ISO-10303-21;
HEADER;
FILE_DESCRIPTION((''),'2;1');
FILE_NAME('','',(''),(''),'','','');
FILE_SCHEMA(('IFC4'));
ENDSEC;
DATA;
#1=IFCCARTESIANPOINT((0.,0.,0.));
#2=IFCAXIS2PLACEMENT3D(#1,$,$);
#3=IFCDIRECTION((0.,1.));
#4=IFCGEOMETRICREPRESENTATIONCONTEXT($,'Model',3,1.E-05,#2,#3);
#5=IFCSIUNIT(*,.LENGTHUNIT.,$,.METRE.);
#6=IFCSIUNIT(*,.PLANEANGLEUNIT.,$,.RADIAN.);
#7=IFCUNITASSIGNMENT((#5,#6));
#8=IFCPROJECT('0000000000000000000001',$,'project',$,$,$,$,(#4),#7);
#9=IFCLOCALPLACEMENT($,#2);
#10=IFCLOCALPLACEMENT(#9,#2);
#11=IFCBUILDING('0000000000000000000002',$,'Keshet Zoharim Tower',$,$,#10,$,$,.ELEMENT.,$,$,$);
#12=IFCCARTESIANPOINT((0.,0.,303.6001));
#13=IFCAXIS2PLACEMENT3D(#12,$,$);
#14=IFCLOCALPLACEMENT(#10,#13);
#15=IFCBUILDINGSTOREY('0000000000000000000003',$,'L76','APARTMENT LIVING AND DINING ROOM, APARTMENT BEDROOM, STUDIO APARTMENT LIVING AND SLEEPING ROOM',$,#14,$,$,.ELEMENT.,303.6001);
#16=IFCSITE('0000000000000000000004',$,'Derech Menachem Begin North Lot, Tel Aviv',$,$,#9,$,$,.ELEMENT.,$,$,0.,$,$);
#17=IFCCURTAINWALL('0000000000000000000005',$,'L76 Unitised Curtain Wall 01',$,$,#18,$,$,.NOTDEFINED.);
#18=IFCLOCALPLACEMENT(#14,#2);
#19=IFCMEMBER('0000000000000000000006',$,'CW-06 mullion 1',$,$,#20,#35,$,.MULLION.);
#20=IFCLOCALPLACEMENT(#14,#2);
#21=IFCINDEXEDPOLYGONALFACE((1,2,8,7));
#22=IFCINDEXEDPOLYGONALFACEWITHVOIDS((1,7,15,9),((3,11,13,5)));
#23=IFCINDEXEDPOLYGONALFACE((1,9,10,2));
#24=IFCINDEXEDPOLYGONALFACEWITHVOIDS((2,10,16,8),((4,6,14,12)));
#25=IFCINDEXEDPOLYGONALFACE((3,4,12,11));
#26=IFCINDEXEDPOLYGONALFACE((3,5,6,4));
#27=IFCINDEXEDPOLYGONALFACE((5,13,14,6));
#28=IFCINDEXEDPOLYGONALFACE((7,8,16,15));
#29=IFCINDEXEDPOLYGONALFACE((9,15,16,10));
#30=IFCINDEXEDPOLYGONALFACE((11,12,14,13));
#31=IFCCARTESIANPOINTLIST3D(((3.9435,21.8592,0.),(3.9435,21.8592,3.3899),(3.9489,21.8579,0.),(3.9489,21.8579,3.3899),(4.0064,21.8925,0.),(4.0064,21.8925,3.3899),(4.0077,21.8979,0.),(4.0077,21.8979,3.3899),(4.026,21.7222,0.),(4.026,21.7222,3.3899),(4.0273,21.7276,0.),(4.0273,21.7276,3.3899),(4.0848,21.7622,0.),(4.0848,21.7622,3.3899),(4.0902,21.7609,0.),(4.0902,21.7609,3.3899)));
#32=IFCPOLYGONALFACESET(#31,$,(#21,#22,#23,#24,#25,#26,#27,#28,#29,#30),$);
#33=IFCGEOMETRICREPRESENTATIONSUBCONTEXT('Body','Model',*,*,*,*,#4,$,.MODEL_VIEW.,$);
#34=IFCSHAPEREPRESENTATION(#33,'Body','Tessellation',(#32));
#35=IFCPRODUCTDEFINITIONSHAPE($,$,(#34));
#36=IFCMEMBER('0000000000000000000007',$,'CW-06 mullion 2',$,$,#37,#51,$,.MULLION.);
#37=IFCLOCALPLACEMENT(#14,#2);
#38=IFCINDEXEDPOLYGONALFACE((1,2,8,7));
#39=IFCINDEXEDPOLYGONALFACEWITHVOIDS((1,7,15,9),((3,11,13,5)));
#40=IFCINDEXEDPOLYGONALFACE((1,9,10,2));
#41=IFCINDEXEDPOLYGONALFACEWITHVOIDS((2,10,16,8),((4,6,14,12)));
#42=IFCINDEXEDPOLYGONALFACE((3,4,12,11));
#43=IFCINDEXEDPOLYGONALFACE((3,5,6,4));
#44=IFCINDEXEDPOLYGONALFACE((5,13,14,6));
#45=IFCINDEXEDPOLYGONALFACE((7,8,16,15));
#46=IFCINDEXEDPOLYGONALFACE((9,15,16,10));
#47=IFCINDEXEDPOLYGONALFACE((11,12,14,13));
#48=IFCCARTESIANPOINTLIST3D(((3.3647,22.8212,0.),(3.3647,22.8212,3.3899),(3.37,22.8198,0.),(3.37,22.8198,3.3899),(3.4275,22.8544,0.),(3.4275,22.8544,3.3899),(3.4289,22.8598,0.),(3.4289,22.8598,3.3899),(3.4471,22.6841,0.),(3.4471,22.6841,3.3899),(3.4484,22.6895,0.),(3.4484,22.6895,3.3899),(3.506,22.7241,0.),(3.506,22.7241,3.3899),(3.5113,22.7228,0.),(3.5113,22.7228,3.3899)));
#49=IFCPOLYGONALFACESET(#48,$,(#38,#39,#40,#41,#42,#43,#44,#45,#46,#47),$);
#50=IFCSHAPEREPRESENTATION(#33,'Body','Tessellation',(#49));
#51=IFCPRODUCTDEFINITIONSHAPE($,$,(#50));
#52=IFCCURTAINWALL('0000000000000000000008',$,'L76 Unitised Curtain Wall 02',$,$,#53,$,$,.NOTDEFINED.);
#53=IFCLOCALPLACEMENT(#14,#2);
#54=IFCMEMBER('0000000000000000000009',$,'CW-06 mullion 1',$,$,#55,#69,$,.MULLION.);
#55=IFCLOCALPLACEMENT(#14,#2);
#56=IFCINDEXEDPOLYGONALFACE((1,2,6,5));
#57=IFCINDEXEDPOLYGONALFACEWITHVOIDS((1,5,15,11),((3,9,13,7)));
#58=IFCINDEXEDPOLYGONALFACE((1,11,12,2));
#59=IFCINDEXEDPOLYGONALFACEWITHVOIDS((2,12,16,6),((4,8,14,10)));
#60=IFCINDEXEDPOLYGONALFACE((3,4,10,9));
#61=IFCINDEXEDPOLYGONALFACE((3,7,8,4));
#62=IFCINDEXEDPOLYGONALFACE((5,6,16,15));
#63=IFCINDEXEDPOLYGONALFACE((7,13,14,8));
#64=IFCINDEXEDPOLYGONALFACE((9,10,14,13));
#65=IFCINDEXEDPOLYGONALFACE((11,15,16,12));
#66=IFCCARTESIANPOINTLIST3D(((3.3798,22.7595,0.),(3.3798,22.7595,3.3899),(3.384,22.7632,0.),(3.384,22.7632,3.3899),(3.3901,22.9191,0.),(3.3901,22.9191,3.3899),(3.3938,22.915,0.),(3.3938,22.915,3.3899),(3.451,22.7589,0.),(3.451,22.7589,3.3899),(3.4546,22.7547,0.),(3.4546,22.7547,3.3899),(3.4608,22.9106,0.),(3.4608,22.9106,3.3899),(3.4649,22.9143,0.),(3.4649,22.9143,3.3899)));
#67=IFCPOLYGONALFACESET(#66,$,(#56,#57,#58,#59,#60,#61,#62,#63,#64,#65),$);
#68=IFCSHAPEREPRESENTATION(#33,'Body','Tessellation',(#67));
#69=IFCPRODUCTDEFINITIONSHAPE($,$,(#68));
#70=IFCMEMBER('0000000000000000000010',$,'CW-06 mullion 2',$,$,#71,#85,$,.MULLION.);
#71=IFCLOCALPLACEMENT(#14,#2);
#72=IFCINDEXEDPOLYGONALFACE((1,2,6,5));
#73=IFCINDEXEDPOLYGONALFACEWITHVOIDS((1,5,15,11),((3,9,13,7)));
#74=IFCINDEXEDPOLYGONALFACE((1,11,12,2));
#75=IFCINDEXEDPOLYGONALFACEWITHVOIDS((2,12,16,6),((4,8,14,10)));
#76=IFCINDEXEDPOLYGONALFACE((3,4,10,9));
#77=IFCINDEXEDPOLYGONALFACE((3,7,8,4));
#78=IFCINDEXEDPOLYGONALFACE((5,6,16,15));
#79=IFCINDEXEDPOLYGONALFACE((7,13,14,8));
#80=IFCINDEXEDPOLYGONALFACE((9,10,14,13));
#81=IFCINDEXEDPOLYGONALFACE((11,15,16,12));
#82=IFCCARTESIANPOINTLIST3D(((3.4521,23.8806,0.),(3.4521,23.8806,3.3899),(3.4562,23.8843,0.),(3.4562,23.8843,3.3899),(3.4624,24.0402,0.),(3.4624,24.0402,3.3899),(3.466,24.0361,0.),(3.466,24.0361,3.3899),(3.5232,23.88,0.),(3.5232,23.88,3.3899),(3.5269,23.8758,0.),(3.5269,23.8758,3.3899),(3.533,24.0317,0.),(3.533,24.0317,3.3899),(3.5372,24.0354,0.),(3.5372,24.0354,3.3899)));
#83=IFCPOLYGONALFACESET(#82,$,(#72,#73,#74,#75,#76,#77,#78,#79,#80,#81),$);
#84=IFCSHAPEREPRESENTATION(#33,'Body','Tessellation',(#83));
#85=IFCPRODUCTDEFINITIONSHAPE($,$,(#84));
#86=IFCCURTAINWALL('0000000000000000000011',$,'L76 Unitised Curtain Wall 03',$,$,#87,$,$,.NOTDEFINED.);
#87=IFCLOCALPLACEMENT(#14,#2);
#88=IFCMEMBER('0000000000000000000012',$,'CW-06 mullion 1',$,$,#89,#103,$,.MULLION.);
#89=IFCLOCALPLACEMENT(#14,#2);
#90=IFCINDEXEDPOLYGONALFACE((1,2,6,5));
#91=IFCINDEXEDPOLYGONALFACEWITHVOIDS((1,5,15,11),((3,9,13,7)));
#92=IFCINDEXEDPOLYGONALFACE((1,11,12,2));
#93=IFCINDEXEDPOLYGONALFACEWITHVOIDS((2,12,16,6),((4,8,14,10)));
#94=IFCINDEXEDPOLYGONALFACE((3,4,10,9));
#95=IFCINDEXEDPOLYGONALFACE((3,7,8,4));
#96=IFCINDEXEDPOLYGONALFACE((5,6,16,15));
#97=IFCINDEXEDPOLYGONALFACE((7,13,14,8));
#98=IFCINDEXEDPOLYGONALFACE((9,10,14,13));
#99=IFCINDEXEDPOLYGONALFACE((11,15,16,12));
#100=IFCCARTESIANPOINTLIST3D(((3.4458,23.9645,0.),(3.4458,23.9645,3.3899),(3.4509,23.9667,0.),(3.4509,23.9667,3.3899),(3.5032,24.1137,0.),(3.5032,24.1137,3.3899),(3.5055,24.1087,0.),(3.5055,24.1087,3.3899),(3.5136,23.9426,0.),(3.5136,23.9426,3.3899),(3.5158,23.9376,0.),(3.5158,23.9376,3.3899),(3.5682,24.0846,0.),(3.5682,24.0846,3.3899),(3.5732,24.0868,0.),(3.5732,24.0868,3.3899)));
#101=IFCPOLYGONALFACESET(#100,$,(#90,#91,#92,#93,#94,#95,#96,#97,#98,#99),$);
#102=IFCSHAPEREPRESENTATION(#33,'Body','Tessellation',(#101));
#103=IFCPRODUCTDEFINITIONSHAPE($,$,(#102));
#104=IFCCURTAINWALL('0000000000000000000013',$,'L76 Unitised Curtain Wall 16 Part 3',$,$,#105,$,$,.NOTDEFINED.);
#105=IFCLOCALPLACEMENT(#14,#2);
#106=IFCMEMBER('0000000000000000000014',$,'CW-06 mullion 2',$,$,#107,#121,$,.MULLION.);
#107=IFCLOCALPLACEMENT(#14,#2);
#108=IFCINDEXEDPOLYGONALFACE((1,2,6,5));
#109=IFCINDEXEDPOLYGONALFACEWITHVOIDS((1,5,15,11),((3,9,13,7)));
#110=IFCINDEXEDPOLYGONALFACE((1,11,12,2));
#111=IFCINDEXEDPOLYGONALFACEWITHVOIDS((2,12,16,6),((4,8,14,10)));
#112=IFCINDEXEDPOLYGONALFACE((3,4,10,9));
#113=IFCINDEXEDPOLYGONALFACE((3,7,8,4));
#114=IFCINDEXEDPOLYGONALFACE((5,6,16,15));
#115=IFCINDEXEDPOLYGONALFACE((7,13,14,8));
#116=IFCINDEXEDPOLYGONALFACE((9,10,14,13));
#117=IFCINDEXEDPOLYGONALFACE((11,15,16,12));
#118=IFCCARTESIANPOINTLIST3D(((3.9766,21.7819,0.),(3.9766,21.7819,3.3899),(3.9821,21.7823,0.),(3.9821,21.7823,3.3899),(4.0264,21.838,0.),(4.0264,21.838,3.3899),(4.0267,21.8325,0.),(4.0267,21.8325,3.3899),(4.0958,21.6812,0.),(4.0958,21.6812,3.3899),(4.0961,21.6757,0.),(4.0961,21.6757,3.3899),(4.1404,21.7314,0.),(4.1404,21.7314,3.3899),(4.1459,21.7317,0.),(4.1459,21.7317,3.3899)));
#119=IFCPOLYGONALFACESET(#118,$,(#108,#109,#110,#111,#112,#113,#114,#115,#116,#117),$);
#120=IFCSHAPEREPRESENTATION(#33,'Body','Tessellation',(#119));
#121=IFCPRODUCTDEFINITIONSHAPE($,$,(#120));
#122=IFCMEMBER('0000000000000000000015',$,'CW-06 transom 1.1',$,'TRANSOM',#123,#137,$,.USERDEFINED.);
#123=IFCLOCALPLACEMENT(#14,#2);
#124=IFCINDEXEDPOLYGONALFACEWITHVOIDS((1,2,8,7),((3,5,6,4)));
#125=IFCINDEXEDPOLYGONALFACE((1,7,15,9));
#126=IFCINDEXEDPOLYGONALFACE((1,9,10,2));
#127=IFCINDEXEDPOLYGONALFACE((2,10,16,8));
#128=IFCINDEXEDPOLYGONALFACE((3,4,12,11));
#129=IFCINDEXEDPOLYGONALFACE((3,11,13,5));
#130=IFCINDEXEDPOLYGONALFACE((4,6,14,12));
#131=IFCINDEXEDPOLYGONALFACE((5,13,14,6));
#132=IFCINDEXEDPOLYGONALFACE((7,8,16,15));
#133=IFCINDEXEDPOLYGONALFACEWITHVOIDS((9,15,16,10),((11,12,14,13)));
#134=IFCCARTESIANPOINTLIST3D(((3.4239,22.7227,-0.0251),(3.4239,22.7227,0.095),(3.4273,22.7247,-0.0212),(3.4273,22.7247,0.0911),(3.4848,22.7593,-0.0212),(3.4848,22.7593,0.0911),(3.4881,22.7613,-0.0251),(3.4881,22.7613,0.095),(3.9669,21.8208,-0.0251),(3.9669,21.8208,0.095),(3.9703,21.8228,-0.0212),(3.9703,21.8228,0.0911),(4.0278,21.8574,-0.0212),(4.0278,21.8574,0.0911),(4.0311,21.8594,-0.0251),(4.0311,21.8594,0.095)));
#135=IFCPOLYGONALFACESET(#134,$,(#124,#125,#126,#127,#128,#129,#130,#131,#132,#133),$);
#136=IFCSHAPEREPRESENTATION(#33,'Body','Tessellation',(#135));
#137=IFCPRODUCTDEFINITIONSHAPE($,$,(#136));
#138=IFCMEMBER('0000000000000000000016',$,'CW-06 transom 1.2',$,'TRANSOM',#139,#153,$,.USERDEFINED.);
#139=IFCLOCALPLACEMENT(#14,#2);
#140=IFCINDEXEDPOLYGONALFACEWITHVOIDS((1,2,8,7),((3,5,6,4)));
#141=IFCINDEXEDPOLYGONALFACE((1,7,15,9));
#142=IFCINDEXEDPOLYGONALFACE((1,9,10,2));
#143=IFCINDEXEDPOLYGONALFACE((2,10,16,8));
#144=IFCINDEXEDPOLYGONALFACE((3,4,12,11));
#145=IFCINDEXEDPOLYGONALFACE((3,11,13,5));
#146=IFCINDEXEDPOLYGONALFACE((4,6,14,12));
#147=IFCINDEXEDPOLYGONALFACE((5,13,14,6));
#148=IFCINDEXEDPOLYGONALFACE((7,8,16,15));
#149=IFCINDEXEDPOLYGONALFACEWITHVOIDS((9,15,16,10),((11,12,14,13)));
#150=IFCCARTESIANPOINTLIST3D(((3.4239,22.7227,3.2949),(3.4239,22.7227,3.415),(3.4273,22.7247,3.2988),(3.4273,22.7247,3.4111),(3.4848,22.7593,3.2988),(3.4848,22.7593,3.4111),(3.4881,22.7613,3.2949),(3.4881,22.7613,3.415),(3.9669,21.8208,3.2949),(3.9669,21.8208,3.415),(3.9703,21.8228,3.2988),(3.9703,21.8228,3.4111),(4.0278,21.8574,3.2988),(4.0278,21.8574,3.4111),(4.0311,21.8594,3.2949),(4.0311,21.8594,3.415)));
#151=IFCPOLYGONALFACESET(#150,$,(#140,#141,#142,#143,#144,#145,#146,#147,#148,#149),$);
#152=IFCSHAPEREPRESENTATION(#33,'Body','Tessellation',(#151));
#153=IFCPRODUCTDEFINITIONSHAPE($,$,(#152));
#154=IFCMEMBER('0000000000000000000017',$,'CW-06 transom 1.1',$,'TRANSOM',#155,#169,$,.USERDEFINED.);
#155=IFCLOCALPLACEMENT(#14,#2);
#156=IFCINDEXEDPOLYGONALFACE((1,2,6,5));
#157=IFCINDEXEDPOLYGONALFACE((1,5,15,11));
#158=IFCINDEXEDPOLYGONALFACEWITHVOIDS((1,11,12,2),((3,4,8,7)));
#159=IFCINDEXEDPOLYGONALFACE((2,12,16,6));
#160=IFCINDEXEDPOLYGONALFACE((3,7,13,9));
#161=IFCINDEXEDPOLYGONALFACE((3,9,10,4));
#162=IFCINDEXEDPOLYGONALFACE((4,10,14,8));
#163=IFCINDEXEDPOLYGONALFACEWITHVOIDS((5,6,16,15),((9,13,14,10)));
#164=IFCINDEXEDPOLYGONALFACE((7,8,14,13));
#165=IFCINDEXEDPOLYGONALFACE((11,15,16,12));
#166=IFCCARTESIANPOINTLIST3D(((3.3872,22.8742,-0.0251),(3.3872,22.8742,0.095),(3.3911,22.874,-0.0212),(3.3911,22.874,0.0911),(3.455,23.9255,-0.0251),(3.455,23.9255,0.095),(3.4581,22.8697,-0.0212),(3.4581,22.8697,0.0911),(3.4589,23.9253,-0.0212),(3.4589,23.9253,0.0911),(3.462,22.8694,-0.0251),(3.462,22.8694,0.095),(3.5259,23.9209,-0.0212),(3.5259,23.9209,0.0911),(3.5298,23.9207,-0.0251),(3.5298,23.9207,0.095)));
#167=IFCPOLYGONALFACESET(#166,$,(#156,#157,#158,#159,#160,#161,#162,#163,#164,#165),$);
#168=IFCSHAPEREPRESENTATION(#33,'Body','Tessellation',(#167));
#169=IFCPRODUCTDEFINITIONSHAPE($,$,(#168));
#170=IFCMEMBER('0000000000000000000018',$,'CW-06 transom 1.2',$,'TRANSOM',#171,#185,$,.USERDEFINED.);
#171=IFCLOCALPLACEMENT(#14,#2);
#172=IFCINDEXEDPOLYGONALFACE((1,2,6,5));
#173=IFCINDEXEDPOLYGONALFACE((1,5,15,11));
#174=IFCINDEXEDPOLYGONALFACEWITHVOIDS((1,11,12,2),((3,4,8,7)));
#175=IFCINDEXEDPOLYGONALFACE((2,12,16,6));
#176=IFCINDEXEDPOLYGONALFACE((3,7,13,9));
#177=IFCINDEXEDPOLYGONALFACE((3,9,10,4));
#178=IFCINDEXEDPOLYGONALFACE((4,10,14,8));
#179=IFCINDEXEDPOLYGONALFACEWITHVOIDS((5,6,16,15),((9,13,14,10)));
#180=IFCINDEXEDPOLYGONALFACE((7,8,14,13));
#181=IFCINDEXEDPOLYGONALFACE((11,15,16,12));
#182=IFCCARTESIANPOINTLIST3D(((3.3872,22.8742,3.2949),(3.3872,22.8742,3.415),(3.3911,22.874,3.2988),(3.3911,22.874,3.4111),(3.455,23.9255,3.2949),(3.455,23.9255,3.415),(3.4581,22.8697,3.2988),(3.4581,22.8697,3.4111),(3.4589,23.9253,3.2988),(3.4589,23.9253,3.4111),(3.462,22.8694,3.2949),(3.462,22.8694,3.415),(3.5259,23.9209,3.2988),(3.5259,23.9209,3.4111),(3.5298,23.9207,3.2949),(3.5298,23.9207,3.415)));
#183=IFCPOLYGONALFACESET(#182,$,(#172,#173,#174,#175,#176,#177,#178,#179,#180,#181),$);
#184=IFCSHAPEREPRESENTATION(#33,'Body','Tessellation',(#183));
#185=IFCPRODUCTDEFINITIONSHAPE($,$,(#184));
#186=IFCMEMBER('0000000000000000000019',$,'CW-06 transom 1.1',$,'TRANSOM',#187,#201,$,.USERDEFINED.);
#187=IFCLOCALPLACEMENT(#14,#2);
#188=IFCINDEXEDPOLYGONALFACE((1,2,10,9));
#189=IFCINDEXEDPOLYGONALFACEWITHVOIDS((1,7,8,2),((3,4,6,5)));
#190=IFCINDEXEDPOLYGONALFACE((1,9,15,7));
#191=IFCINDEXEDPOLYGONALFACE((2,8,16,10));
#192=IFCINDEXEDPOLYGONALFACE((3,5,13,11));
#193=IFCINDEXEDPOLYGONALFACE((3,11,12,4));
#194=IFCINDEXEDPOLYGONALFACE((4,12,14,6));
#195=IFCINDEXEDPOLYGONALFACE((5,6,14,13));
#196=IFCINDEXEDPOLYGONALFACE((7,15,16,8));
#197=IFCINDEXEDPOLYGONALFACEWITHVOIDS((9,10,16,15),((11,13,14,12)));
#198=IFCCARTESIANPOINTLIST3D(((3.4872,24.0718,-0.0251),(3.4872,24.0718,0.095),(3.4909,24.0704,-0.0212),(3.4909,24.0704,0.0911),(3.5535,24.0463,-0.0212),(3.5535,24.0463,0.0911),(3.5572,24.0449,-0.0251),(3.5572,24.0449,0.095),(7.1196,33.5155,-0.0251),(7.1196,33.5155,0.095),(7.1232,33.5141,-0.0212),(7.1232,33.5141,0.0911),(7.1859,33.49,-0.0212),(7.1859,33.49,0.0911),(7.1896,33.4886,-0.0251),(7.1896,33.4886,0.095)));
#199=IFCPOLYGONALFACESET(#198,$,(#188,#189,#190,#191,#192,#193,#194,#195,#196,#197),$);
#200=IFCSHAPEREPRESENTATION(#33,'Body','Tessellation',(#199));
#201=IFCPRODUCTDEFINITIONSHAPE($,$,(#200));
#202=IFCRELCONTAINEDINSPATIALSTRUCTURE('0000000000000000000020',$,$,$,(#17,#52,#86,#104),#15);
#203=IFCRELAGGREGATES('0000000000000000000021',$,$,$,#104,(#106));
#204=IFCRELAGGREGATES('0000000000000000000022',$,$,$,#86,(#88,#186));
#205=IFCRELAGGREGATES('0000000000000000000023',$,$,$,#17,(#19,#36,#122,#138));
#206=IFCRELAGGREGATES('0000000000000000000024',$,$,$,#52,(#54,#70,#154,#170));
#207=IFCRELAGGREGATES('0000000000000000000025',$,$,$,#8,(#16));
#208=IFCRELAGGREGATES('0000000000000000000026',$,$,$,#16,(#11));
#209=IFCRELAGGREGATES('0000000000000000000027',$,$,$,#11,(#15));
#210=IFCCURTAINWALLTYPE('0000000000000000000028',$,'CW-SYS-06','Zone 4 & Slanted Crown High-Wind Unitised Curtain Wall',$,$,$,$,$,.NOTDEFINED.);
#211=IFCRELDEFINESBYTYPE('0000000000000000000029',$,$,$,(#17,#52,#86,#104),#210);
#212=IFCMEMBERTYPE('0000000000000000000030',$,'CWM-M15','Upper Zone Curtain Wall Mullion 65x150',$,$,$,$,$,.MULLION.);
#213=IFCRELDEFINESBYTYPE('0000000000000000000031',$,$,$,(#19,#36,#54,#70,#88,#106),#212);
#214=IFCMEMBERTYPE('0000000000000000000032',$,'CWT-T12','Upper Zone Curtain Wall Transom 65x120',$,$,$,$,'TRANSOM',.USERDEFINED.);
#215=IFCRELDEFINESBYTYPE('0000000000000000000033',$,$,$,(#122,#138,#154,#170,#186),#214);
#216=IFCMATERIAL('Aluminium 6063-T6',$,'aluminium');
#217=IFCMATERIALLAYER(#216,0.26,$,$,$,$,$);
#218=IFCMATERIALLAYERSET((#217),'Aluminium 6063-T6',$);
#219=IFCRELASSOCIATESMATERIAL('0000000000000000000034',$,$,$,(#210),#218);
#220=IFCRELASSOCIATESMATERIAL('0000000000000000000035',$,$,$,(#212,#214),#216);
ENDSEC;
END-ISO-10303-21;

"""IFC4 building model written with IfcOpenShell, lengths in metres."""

from ifc_helpers import new_model, si_unit, direction, frame, origin, origin_2d, place, context, subcontext, project, spatial, hollow_rectangle, extrude, material, layer, layer_set, material_profile, profile_set, type_object, element, aggregate, save


model = new_model("IFC4")

# Units and contexts
model_context = context("Model", 3, precision=1e-05, world=origin(), true_north=direction((0.0, 1.0)))
body_context = subcontext(model_context, "Body", "Model", "MODEL_VIEW")
ifc_project = project(units=[si_unit("LENGTHUNIT", "METRE"), si_unit("PLANEANGLEUNIT", "RADIAN")], contexts=[model_context])

# Site, building, storey
site_placement = place(None, origin())
site = spatial("IfcSite", under=ifc_project, at=site_placement, Name="Derech Menachem Begin North Lot, Tel Aviv", CompositionType="ELEMENT", RefElevation=0.0)
building_placement = place(site_placement, origin())
building = spatial("IfcBuilding", under=site, at=building_placement, Name="Keshet Zoharim Tower", CompositionType="ELEMENT")
storey_placement = place(building_placement, frame((0.0, 0.0, 303.6001)))
storey = spatial("IfcBuildingStorey", under=building, at=storey_placement, Name="L76", Description="APARTMENT LIVING AND DINING ROOM, APARTMENT BEDROOM, STUDIO APARTMENT LIVING AND SLEEPING ROOM", CompositionType="ELEMENT", Elevation=303.6001)

# Curtain walls, members
ifc_material_1 = material(Name="Aluminium 6063-T6", Category="aluminium")
ifc_layer_1 = layer(ifc_material_1, 0.26)
ifc_layer_set_1 = layer_set([ifc_layer_1], Name="Aluminium 6063-T6")
curtain_wall_type = type_object("IfcCurtainWallType", Name="CW-SYS-06", Description="Zone 4 & Slanted Crown High-Wind Unitised Curtain Wall", PredefinedType="NOTDEFINED", material=ifc_layer_set_1)
curtain_wall_1_placement = place(storey_placement, origin())
curtain_wall_1 = element("IfcCurtainWall", 1, at=curtain_wall_1_placement, inside=storey, type_object=curtain_wall_type, Name="L76 Unitised Curtain Wall 01", PredefinedType="NOTDEFINED")
ifc_material_profile_1 = material_profile(ifc_material_1, hollow_rectangle(XDim=0.075, YDim=0.1599, WallThickness=0.0039, at=origin_2d()), Name="MUL-75x160")
ifc_profile_set_1 = profile_set([ifc_material_profile_1], Name="Aluminium 6063-T6")
member_type_1 = type_object("IfcMemberType", Name="CWM-M15", Description="Upper Zone Curtain Wall Mullion 65x150", PredefinedType="MULLION", material=ifc_profile_set_1)
member_1_placement = place(storey_placement, frame((4.0168, 21.8101, 0.0), z_axis=(0.0, 0.0, 1.0), x_axis=(-0.856826, -0.515605, 0.0)))
member_1 = element("IfcMember", 2, at=member_1_placement, type_object=member_type_1, Name="CW-06 mullion 1", PredefinedType="MULLION", context=body_context, shape_type="SweptSolid", body=[
    extrude(hollow_rectangle(XDim=0.075, YDim=0.1599, WallThickness=0.0039, at=origin_2d()), origin(), (0.0, 0.0, 1.0), 3.3899),
])
member_2_placement = place(storey_placement, frame((3.438, 22.772, 0.0), z_axis=(0.0, 0.0, 1.0), x_axis=(-0.856826, -0.515605, 0.0)))
member_2 = element("IfcMember", 3, at=member_2_placement, type_object=member_type_1, Name="CW-06 mullion 2", PredefinedType="MULLION", context=body_context, shape_type="SweptSolid", body=[
    extrude(hollow_rectangle(XDim=0.075, YDim=0.1599, WallThickness=0.0039, at=origin_2d()), origin(), (0.0, 0.0, 1.0), 3.3899),
])
curtain_wall_2_placement = place(storey_placement, origin())
curtain_wall_2 = element("IfcCurtainWall", 4, at=curtain_wall_2_placement, inside=storey, type_object=curtain_wall_type, Name="L76 Unitised Curtain Wall 02", PredefinedType="NOTDEFINED")
member_3_placement = place(storey_placement, frame((3.4224, 22.8369, 0.0), z_axis=(0.0, 0.0, 1.0), x_axis=(-0.997917, 0.064517, 0.0)))
member_3 = element("IfcMember", 5, at=member_3_placement, type_object=member_type_1, Name="CW-06 mullion 1", PredefinedType="MULLION", context=body_context, shape_type="SweptSolid", body=[
    extrude(hollow_rectangle(XDim=0.075, YDim=0.1599, WallThickness=0.0039, at=origin_2d()), origin(), (0.0, 0.0, 1.0), 3.3899),
])
member_4_placement = place(storey_placement, frame((3.4946, 23.958, 0.0), z_axis=(0.0, 0.0, 1.0), x_axis=(-0.997917, 0.064517, 0.0)))
member_4 = element("IfcMember", 6, at=member_4_placement, type_object=member_type_1, Name="CW-06 mullion 2", PredefinedType="MULLION", context=body_context, shape_type="SweptSolid", body=[
    extrude(hollow_rectangle(XDim=0.075, YDim=0.1599, WallThickness=0.0039, at=origin_2d()), origin(), (0.0, 0.0, 1.0), 3.3899),
])

# Curtain walls, members
curtain_wall_3_placement = place(storey_placement, origin())
curtain_wall_3 = element("IfcCurtainWall", 7, at=curtain_wall_3_placement, inside=storey, type_object=curtain_wall_type, Name="L76 Unitised Curtain Wall 03", PredefinedType="NOTDEFINED")
member_5_placement = place(storey_placement, frame((3.5095, 24.0256, 0.0), z_axis=(0.0, 0.0, 1.0), x_axis=(-0.933341, 0.35899, 0.0)))
member_5 = element("IfcMember", 8, at=member_5_placement, type_object=member_type_1, Name="CW-06 mullion 1", PredefinedType="MULLION", context=body_context, shape_type="SweptSolid", body=[
    extrude(hollow_rectangle(XDim=0.075, YDim=0.1599, WallThickness=0.0039, at=origin_2d()), origin(), (0.0, 0.0, 1.0), 3.3899),
])
curtain_wall_4_placement = place(storey_placement, origin())
curtain_wall_4 = element("IfcCurtainWall", 9, at=curtain_wall_4_placement, inside=storey, type_object=curtain_wall_type, Name="L76 Unitised Curtain Wall 16 Part 3", PredefinedType="NOTDEFINED")
member_6_placement = place(storey_placement, frame((4.0613, 21.7568, 0.0), z_axis=(0.0, 0.0, 1.0), x_axis=(-0.664364, -0.747409, 0.0)))
member_6 = element("IfcMember", 10, at=member_6_placement, type_object=member_type_1, Name="CW-06 mullion 2", PredefinedType="MULLION", context=body_context, shape_type="SweptSolid", body=[
    extrude(hollow_rectangle(XDim=0.075, YDim=0.1599, WallThickness=0.0039, at=origin_2d()), origin(), (0.0, 0.0, 1.0), 3.3899),
])
aggregate(curtain_wall_4, [member_6])

# Members
ifc_material_profile_2 = material_profile(ifc_material_1, hollow_rectangle(XDim=0.075, YDim=0.1201, WallThickness=0.0039, at=origin_2d()), Name="TRN-75x120")
ifc_profile_set_2 = profile_set([ifc_material_profile_2], Name="Aluminium 6063-T6")
member_type_2 = type_object("IfcMemberType", Name="CWT-T12", Description="Upper Zone Curtain Wall Transom 65x120", ElementType="TRANSOM", PredefinedType="USERDEFINED", material=ifc_profile_set_2)
member_7_placement = place(storey_placement, frame((3.999, 21.8401, 0.0349), z_axis=(-0.515791, 0.856714, 0.0), x_axis=(-0.856714, -0.515791, 0.0)))
member_7 = element("IfcMember", 11, at=member_7_placement, type_object=member_type_2, Name="CW-06 transom 1.1", ObjectType="TRANSOM", PredefinedType="USERDEFINED", context=body_context, shape_type="SweptSolid", body=[
    extrude(hollow_rectangle(XDim=0.075, YDim=0.1201, WallThickness=0.0039, at=origin_2d()), origin(), (0.0, 0.0, 1.0), 1.0527),
])
member_8_placement = place(storey_placement, frame((3.999, 21.8401, 3.355), z_axis=(-0.515791, 0.856714, 0.0), x_axis=(-0.856714, -0.515791, 0.0)))
member_8 = element("IfcMember", 12, at=member_8_placement, type_object=member_type_2, Name="CW-06 transom 1.2", ObjectType="TRANSOM", PredefinedType="USERDEFINED", context=body_context, shape_type="SweptSolid", body=[
    extrude(hollow_rectangle(XDim=0.075, YDim=0.1201, WallThickness=0.0039, at=origin_2d()), origin(), (0.0, 0.0, 1.0), 1.0527),
])
member_9_placement = place(storey_placement, frame((3.4246, 22.8718, 0.0349), z_axis=(0.064427, 0.997922, 0.0), x_axis=(-0.997922, 0.064427, 0.0)))
member_9 = element("IfcMember", 13, at=member_9_placement, type_object=member_type_2, Name="CW-06 transom 1.1", ObjectType="TRANSOM", PredefinedType="USERDEFINED", context=body_context, shape_type="SweptSolid", body=[
    extrude(hollow_rectangle(XDim=0.075, YDim=0.1201, WallThickness=0.0039, at=origin_2d()), origin(), (0.0, 0.0, 1.0), 1.0535),
])
member_10_placement = place(storey_placement, frame((3.4246, 22.8718, 3.355), z_axis=(0.064427, 0.997922, 0.0), x_axis=(-0.997922, 0.064427, 0.0)))
member_10 = element("IfcMember", 14, at=member_10_placement, type_object=member_type_2, Name="CW-06 transom 1.2", ObjectType="TRANSOM", PredefinedType="USERDEFINED", context=body_context, shape_type="SweptSolid", body=[
    extrude(hollow_rectangle(XDim=0.075, YDim=0.1201, WallThickness=0.0039, at=origin_2d()), origin(), (0.0, 0.0, 1.0), 1.0535),
])
member_11_placement = place(storey_placement, frame((3.5222, 24.0583, 0.0349), z_axis=(0.358994, 0.93334, 0.0), x_axis=(-0.93334, 0.358994, 0.0)))
member_11 = element("IfcMember", 15, at=member_11_placement, type_object=member_type_2, Name="CW-06 transom 1.1", ObjectType="TRANSOM", PredefinedType="USERDEFINED", context=body_context, shape_type="SweptSolid", body=[
    extrude(hollow_rectangle(XDim=0.075, YDim=0.1201, WallThickness=0.0039, at=origin_2d()), origin(), (0.0, 0.0, 1.0), 10.1182),
])
aggregate(curtain_wall_3, [member_5, member_11])

aggregate(curtain_wall_1, [member_1, member_2, member_7, member_8])
aggregate(curtain_wall_2, [member_3, member_4, member_9, member_10])

save(model, "model.ifc")
